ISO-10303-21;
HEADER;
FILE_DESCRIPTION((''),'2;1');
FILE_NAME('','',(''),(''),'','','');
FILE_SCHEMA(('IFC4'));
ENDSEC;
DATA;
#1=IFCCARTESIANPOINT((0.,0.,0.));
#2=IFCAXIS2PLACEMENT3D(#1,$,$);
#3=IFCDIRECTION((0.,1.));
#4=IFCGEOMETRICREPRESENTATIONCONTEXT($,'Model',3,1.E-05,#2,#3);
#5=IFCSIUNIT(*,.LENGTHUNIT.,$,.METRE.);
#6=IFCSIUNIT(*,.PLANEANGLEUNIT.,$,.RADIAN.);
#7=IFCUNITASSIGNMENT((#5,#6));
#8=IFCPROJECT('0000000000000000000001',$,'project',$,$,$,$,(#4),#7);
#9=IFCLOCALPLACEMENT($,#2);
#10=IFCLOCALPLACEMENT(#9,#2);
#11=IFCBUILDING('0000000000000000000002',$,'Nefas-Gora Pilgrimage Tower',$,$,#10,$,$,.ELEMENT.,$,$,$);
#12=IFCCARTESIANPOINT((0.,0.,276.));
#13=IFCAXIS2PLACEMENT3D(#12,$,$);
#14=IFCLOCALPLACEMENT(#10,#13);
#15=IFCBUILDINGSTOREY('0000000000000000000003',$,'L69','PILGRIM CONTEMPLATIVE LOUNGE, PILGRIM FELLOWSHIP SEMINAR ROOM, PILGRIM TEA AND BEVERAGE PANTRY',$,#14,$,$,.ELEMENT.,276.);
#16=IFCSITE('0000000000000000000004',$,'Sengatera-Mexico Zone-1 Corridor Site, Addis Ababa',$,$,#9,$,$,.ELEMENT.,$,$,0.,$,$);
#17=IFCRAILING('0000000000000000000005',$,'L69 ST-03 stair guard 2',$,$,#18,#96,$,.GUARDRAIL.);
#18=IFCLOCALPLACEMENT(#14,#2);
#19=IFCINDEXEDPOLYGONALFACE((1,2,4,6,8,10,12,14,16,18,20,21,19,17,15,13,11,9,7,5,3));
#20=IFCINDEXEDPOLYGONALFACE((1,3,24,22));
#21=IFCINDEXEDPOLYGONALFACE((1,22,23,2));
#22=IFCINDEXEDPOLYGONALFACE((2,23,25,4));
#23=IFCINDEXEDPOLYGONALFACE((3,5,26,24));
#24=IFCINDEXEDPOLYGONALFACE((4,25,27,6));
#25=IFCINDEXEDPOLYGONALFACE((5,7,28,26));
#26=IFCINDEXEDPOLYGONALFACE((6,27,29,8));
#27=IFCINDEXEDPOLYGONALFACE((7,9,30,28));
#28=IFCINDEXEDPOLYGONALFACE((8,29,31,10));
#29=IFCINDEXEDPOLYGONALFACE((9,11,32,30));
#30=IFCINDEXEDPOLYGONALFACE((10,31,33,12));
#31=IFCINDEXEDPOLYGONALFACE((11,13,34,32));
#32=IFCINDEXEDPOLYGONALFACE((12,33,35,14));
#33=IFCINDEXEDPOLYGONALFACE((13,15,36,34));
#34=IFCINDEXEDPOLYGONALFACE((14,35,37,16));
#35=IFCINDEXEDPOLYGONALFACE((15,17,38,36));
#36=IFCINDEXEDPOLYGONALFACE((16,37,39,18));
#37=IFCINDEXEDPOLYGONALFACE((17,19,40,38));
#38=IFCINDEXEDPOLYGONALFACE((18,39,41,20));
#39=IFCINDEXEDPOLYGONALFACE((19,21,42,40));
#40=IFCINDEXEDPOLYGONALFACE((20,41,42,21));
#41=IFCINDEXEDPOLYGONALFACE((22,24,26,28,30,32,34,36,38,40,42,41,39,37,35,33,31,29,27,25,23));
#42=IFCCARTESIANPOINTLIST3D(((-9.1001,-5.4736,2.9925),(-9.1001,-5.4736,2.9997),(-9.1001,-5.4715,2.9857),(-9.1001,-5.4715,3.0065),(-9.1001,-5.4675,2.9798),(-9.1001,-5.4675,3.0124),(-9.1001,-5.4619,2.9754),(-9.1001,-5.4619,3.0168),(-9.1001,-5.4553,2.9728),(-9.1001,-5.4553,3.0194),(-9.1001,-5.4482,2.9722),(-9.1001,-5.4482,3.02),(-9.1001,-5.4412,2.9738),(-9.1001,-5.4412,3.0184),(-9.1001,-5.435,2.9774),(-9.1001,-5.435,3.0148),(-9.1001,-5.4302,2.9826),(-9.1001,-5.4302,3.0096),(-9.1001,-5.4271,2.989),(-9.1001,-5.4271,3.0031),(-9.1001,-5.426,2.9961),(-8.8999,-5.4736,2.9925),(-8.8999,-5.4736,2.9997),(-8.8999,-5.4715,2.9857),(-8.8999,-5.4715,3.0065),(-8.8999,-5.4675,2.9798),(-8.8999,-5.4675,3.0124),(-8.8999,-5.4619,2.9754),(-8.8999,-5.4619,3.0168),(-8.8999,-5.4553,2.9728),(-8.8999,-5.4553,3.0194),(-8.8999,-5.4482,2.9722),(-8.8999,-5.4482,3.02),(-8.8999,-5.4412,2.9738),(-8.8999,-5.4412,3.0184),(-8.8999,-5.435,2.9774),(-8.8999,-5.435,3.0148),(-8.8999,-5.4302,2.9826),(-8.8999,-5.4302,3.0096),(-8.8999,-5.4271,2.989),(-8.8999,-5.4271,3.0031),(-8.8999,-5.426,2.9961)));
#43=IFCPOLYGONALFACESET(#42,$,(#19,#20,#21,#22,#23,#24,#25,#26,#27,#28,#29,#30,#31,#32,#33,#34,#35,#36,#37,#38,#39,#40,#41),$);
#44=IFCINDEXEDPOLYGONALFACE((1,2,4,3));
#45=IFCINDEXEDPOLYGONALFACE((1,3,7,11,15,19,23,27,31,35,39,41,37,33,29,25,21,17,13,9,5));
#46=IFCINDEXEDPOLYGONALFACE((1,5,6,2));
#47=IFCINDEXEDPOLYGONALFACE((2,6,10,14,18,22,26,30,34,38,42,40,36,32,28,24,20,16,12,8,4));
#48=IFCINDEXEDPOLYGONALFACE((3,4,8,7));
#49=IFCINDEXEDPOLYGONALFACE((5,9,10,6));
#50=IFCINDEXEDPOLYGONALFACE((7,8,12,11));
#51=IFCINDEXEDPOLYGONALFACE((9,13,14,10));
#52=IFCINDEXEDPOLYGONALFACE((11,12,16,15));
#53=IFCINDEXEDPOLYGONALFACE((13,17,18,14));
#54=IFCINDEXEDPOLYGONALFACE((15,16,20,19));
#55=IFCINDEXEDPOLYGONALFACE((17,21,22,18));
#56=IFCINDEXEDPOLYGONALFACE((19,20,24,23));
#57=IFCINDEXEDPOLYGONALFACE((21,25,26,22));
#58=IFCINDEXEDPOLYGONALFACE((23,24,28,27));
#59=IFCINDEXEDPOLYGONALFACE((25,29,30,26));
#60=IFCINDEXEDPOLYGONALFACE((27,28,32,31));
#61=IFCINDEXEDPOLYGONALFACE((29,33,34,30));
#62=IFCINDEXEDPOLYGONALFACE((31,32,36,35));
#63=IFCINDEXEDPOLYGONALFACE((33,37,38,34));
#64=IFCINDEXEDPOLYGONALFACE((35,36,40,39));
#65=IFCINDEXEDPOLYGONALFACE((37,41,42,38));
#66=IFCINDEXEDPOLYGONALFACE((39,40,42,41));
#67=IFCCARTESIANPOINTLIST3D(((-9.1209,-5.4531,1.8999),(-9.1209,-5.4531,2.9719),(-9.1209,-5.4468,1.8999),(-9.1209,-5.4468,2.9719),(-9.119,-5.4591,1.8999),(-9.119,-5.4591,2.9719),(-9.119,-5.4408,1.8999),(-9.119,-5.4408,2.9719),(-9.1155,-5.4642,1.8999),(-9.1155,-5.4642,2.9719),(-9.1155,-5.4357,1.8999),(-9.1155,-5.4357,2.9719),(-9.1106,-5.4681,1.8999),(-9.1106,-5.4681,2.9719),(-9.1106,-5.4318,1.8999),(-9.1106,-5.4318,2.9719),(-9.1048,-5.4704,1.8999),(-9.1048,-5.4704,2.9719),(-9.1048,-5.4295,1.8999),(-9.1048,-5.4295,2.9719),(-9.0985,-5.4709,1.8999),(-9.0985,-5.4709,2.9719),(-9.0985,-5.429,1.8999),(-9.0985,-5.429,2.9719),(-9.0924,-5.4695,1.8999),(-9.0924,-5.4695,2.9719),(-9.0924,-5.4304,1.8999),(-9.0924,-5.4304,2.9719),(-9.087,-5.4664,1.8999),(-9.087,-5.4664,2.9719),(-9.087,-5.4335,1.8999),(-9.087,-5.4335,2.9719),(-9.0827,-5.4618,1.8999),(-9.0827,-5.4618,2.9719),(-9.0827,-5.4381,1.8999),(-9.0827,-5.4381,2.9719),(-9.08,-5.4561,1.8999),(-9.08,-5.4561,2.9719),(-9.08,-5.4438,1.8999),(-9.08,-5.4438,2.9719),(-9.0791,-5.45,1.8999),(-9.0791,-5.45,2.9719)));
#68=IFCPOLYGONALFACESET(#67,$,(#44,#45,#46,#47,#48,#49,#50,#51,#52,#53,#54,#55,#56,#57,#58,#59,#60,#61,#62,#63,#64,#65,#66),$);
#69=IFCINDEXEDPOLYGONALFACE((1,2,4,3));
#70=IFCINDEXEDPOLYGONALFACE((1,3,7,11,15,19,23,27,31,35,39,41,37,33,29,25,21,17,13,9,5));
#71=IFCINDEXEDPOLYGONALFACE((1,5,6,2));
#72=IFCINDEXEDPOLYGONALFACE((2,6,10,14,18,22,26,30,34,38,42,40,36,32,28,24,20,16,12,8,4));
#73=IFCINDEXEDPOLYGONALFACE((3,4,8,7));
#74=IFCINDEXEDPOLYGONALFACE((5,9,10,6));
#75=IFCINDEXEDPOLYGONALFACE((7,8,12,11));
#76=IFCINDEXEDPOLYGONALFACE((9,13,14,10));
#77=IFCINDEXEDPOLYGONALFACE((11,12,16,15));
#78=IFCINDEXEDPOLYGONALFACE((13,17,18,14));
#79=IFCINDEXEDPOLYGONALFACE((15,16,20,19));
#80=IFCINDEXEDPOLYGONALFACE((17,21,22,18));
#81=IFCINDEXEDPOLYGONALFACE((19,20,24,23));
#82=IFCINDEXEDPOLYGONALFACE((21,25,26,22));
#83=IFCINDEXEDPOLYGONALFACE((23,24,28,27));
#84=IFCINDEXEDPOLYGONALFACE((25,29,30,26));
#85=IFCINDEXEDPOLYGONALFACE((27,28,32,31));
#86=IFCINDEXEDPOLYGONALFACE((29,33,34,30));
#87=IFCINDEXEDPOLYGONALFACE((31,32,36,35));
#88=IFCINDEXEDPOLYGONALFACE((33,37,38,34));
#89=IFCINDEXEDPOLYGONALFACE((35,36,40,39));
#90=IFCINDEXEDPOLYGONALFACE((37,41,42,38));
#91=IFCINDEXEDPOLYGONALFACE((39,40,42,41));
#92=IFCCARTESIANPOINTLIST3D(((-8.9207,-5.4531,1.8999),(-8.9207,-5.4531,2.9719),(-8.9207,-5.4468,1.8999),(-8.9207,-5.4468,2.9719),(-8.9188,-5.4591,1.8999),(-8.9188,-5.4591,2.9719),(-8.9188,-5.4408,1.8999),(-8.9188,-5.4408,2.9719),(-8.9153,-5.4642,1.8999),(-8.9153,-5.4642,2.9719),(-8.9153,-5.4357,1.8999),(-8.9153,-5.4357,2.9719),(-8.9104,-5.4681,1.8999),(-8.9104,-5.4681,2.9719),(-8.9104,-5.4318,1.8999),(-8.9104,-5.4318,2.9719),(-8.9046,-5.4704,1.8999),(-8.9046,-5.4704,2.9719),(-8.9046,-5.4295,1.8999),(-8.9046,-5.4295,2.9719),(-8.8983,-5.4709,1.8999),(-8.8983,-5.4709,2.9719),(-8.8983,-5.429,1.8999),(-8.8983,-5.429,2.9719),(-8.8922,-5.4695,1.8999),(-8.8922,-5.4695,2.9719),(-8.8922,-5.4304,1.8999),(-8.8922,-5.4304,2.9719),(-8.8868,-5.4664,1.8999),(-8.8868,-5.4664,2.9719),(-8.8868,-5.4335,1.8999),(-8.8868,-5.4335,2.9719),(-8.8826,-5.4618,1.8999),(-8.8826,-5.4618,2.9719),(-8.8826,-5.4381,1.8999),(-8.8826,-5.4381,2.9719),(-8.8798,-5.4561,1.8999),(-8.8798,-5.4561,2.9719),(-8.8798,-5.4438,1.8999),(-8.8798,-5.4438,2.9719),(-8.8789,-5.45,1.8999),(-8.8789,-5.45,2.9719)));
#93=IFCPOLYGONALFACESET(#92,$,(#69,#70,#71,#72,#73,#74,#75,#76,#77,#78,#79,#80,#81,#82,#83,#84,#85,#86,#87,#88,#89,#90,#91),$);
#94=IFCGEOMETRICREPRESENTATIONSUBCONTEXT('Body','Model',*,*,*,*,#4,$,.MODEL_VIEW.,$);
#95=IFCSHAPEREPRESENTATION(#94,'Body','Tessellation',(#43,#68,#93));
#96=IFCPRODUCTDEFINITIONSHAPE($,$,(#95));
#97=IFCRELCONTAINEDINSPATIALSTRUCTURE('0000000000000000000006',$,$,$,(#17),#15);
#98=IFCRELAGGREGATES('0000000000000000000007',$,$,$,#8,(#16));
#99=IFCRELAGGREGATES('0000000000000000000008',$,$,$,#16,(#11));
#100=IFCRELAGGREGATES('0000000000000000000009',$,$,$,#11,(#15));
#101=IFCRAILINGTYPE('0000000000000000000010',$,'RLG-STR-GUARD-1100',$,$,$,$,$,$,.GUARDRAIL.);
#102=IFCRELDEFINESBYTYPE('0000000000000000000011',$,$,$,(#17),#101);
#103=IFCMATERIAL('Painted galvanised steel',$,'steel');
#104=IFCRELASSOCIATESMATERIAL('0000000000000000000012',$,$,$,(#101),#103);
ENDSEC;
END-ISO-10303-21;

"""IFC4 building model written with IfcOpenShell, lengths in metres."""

from ifc_helpers import new_model, si_unit, direction, frame, origin, origin_2d, place, context, subcontext, project, spatial, circle, extrude, material, type_object, element, save


model = new_model("IFC4")

# Units and contexts
model_context = context("Model", 3, precision=1e-05, world=origin(), true_north=direction((0.0, 1.0)))
body_context = subcontext(model_context, "Body", "Model", "MODEL_VIEW")
ifc_project = project(units=[si_unit("LENGTHUNIT", "METRE"), si_unit("PLANEANGLEUNIT", "RADIAN")], contexts=[model_context])

# Site, building, storey
site_placement = place(None, origin())
site = spatial("IfcSite", under=ifc_project, at=site_placement, Name="Sengatera-Mexico Zone-1 Corridor Site, Addis Ababa", CompositionType="ELEMENT", RefElevation=0.0)
building_placement = place(site_placement, origin())
building = spatial("IfcBuilding", under=site, at=building_placement, Name="Nefas-Gora Pilgrimage Tower", CompositionType="ELEMENT")
storey_placement = place(building_placement, frame((0.0, 0.0, 276.0)))
storey = spatial("IfcBuildingStorey", under=building, at=storey_placement, Name="L69", Description="PILGRIM CONTEMPLATIVE LOUNGE, PILGRIM FELLOWSHIP SEMINAR ROOM, PILGRIM TEA AND BEVERAGE PANTRY", CompositionType="ELEMENT", Elevation=276.0)

# Railing
ifc_material_1 = material(Name="Painted galvanised steel", Category="steel")
railing_type_1 = type_object("IfcRailingType", Name="RLG-STR-GUARD-1100", PredefinedType="GUARDRAIL", material=ifc_material_1)
railing_1_placement = place(storey_placement, frame((-9.1001, -5.45, 1.8999)))
element("IfcRailing", 1, at=railing_1_placement, inside=storey, type_object=railing_type_1, Name="L69 ST-03 stair guard 2", PredefinedType="GUARDRAIL", context=body_context, shape_type="SweptSolid", body=[
    extrude(circle(Radius=0.0239, at=origin_2d()), frame((0.0, 0.0, 1.0962), z_axis=(1.0, 0.0, 0.0), x_axis=(0.0, 1.0, 0.0)), (0.0, 0.0, 1.0), 0.2002),
    extrude(circle(Radius=0.021, at=origin_2d()), origin(), (0.0, 0.0, 1.0), 1.072),
    extrude(circle(Radius=0.021, at=origin_2d()), frame((0.2002, 0.0, 0.0)), (0.0, 0.0, 1.0), 1.072),
])

save(model, "model.ifc")
